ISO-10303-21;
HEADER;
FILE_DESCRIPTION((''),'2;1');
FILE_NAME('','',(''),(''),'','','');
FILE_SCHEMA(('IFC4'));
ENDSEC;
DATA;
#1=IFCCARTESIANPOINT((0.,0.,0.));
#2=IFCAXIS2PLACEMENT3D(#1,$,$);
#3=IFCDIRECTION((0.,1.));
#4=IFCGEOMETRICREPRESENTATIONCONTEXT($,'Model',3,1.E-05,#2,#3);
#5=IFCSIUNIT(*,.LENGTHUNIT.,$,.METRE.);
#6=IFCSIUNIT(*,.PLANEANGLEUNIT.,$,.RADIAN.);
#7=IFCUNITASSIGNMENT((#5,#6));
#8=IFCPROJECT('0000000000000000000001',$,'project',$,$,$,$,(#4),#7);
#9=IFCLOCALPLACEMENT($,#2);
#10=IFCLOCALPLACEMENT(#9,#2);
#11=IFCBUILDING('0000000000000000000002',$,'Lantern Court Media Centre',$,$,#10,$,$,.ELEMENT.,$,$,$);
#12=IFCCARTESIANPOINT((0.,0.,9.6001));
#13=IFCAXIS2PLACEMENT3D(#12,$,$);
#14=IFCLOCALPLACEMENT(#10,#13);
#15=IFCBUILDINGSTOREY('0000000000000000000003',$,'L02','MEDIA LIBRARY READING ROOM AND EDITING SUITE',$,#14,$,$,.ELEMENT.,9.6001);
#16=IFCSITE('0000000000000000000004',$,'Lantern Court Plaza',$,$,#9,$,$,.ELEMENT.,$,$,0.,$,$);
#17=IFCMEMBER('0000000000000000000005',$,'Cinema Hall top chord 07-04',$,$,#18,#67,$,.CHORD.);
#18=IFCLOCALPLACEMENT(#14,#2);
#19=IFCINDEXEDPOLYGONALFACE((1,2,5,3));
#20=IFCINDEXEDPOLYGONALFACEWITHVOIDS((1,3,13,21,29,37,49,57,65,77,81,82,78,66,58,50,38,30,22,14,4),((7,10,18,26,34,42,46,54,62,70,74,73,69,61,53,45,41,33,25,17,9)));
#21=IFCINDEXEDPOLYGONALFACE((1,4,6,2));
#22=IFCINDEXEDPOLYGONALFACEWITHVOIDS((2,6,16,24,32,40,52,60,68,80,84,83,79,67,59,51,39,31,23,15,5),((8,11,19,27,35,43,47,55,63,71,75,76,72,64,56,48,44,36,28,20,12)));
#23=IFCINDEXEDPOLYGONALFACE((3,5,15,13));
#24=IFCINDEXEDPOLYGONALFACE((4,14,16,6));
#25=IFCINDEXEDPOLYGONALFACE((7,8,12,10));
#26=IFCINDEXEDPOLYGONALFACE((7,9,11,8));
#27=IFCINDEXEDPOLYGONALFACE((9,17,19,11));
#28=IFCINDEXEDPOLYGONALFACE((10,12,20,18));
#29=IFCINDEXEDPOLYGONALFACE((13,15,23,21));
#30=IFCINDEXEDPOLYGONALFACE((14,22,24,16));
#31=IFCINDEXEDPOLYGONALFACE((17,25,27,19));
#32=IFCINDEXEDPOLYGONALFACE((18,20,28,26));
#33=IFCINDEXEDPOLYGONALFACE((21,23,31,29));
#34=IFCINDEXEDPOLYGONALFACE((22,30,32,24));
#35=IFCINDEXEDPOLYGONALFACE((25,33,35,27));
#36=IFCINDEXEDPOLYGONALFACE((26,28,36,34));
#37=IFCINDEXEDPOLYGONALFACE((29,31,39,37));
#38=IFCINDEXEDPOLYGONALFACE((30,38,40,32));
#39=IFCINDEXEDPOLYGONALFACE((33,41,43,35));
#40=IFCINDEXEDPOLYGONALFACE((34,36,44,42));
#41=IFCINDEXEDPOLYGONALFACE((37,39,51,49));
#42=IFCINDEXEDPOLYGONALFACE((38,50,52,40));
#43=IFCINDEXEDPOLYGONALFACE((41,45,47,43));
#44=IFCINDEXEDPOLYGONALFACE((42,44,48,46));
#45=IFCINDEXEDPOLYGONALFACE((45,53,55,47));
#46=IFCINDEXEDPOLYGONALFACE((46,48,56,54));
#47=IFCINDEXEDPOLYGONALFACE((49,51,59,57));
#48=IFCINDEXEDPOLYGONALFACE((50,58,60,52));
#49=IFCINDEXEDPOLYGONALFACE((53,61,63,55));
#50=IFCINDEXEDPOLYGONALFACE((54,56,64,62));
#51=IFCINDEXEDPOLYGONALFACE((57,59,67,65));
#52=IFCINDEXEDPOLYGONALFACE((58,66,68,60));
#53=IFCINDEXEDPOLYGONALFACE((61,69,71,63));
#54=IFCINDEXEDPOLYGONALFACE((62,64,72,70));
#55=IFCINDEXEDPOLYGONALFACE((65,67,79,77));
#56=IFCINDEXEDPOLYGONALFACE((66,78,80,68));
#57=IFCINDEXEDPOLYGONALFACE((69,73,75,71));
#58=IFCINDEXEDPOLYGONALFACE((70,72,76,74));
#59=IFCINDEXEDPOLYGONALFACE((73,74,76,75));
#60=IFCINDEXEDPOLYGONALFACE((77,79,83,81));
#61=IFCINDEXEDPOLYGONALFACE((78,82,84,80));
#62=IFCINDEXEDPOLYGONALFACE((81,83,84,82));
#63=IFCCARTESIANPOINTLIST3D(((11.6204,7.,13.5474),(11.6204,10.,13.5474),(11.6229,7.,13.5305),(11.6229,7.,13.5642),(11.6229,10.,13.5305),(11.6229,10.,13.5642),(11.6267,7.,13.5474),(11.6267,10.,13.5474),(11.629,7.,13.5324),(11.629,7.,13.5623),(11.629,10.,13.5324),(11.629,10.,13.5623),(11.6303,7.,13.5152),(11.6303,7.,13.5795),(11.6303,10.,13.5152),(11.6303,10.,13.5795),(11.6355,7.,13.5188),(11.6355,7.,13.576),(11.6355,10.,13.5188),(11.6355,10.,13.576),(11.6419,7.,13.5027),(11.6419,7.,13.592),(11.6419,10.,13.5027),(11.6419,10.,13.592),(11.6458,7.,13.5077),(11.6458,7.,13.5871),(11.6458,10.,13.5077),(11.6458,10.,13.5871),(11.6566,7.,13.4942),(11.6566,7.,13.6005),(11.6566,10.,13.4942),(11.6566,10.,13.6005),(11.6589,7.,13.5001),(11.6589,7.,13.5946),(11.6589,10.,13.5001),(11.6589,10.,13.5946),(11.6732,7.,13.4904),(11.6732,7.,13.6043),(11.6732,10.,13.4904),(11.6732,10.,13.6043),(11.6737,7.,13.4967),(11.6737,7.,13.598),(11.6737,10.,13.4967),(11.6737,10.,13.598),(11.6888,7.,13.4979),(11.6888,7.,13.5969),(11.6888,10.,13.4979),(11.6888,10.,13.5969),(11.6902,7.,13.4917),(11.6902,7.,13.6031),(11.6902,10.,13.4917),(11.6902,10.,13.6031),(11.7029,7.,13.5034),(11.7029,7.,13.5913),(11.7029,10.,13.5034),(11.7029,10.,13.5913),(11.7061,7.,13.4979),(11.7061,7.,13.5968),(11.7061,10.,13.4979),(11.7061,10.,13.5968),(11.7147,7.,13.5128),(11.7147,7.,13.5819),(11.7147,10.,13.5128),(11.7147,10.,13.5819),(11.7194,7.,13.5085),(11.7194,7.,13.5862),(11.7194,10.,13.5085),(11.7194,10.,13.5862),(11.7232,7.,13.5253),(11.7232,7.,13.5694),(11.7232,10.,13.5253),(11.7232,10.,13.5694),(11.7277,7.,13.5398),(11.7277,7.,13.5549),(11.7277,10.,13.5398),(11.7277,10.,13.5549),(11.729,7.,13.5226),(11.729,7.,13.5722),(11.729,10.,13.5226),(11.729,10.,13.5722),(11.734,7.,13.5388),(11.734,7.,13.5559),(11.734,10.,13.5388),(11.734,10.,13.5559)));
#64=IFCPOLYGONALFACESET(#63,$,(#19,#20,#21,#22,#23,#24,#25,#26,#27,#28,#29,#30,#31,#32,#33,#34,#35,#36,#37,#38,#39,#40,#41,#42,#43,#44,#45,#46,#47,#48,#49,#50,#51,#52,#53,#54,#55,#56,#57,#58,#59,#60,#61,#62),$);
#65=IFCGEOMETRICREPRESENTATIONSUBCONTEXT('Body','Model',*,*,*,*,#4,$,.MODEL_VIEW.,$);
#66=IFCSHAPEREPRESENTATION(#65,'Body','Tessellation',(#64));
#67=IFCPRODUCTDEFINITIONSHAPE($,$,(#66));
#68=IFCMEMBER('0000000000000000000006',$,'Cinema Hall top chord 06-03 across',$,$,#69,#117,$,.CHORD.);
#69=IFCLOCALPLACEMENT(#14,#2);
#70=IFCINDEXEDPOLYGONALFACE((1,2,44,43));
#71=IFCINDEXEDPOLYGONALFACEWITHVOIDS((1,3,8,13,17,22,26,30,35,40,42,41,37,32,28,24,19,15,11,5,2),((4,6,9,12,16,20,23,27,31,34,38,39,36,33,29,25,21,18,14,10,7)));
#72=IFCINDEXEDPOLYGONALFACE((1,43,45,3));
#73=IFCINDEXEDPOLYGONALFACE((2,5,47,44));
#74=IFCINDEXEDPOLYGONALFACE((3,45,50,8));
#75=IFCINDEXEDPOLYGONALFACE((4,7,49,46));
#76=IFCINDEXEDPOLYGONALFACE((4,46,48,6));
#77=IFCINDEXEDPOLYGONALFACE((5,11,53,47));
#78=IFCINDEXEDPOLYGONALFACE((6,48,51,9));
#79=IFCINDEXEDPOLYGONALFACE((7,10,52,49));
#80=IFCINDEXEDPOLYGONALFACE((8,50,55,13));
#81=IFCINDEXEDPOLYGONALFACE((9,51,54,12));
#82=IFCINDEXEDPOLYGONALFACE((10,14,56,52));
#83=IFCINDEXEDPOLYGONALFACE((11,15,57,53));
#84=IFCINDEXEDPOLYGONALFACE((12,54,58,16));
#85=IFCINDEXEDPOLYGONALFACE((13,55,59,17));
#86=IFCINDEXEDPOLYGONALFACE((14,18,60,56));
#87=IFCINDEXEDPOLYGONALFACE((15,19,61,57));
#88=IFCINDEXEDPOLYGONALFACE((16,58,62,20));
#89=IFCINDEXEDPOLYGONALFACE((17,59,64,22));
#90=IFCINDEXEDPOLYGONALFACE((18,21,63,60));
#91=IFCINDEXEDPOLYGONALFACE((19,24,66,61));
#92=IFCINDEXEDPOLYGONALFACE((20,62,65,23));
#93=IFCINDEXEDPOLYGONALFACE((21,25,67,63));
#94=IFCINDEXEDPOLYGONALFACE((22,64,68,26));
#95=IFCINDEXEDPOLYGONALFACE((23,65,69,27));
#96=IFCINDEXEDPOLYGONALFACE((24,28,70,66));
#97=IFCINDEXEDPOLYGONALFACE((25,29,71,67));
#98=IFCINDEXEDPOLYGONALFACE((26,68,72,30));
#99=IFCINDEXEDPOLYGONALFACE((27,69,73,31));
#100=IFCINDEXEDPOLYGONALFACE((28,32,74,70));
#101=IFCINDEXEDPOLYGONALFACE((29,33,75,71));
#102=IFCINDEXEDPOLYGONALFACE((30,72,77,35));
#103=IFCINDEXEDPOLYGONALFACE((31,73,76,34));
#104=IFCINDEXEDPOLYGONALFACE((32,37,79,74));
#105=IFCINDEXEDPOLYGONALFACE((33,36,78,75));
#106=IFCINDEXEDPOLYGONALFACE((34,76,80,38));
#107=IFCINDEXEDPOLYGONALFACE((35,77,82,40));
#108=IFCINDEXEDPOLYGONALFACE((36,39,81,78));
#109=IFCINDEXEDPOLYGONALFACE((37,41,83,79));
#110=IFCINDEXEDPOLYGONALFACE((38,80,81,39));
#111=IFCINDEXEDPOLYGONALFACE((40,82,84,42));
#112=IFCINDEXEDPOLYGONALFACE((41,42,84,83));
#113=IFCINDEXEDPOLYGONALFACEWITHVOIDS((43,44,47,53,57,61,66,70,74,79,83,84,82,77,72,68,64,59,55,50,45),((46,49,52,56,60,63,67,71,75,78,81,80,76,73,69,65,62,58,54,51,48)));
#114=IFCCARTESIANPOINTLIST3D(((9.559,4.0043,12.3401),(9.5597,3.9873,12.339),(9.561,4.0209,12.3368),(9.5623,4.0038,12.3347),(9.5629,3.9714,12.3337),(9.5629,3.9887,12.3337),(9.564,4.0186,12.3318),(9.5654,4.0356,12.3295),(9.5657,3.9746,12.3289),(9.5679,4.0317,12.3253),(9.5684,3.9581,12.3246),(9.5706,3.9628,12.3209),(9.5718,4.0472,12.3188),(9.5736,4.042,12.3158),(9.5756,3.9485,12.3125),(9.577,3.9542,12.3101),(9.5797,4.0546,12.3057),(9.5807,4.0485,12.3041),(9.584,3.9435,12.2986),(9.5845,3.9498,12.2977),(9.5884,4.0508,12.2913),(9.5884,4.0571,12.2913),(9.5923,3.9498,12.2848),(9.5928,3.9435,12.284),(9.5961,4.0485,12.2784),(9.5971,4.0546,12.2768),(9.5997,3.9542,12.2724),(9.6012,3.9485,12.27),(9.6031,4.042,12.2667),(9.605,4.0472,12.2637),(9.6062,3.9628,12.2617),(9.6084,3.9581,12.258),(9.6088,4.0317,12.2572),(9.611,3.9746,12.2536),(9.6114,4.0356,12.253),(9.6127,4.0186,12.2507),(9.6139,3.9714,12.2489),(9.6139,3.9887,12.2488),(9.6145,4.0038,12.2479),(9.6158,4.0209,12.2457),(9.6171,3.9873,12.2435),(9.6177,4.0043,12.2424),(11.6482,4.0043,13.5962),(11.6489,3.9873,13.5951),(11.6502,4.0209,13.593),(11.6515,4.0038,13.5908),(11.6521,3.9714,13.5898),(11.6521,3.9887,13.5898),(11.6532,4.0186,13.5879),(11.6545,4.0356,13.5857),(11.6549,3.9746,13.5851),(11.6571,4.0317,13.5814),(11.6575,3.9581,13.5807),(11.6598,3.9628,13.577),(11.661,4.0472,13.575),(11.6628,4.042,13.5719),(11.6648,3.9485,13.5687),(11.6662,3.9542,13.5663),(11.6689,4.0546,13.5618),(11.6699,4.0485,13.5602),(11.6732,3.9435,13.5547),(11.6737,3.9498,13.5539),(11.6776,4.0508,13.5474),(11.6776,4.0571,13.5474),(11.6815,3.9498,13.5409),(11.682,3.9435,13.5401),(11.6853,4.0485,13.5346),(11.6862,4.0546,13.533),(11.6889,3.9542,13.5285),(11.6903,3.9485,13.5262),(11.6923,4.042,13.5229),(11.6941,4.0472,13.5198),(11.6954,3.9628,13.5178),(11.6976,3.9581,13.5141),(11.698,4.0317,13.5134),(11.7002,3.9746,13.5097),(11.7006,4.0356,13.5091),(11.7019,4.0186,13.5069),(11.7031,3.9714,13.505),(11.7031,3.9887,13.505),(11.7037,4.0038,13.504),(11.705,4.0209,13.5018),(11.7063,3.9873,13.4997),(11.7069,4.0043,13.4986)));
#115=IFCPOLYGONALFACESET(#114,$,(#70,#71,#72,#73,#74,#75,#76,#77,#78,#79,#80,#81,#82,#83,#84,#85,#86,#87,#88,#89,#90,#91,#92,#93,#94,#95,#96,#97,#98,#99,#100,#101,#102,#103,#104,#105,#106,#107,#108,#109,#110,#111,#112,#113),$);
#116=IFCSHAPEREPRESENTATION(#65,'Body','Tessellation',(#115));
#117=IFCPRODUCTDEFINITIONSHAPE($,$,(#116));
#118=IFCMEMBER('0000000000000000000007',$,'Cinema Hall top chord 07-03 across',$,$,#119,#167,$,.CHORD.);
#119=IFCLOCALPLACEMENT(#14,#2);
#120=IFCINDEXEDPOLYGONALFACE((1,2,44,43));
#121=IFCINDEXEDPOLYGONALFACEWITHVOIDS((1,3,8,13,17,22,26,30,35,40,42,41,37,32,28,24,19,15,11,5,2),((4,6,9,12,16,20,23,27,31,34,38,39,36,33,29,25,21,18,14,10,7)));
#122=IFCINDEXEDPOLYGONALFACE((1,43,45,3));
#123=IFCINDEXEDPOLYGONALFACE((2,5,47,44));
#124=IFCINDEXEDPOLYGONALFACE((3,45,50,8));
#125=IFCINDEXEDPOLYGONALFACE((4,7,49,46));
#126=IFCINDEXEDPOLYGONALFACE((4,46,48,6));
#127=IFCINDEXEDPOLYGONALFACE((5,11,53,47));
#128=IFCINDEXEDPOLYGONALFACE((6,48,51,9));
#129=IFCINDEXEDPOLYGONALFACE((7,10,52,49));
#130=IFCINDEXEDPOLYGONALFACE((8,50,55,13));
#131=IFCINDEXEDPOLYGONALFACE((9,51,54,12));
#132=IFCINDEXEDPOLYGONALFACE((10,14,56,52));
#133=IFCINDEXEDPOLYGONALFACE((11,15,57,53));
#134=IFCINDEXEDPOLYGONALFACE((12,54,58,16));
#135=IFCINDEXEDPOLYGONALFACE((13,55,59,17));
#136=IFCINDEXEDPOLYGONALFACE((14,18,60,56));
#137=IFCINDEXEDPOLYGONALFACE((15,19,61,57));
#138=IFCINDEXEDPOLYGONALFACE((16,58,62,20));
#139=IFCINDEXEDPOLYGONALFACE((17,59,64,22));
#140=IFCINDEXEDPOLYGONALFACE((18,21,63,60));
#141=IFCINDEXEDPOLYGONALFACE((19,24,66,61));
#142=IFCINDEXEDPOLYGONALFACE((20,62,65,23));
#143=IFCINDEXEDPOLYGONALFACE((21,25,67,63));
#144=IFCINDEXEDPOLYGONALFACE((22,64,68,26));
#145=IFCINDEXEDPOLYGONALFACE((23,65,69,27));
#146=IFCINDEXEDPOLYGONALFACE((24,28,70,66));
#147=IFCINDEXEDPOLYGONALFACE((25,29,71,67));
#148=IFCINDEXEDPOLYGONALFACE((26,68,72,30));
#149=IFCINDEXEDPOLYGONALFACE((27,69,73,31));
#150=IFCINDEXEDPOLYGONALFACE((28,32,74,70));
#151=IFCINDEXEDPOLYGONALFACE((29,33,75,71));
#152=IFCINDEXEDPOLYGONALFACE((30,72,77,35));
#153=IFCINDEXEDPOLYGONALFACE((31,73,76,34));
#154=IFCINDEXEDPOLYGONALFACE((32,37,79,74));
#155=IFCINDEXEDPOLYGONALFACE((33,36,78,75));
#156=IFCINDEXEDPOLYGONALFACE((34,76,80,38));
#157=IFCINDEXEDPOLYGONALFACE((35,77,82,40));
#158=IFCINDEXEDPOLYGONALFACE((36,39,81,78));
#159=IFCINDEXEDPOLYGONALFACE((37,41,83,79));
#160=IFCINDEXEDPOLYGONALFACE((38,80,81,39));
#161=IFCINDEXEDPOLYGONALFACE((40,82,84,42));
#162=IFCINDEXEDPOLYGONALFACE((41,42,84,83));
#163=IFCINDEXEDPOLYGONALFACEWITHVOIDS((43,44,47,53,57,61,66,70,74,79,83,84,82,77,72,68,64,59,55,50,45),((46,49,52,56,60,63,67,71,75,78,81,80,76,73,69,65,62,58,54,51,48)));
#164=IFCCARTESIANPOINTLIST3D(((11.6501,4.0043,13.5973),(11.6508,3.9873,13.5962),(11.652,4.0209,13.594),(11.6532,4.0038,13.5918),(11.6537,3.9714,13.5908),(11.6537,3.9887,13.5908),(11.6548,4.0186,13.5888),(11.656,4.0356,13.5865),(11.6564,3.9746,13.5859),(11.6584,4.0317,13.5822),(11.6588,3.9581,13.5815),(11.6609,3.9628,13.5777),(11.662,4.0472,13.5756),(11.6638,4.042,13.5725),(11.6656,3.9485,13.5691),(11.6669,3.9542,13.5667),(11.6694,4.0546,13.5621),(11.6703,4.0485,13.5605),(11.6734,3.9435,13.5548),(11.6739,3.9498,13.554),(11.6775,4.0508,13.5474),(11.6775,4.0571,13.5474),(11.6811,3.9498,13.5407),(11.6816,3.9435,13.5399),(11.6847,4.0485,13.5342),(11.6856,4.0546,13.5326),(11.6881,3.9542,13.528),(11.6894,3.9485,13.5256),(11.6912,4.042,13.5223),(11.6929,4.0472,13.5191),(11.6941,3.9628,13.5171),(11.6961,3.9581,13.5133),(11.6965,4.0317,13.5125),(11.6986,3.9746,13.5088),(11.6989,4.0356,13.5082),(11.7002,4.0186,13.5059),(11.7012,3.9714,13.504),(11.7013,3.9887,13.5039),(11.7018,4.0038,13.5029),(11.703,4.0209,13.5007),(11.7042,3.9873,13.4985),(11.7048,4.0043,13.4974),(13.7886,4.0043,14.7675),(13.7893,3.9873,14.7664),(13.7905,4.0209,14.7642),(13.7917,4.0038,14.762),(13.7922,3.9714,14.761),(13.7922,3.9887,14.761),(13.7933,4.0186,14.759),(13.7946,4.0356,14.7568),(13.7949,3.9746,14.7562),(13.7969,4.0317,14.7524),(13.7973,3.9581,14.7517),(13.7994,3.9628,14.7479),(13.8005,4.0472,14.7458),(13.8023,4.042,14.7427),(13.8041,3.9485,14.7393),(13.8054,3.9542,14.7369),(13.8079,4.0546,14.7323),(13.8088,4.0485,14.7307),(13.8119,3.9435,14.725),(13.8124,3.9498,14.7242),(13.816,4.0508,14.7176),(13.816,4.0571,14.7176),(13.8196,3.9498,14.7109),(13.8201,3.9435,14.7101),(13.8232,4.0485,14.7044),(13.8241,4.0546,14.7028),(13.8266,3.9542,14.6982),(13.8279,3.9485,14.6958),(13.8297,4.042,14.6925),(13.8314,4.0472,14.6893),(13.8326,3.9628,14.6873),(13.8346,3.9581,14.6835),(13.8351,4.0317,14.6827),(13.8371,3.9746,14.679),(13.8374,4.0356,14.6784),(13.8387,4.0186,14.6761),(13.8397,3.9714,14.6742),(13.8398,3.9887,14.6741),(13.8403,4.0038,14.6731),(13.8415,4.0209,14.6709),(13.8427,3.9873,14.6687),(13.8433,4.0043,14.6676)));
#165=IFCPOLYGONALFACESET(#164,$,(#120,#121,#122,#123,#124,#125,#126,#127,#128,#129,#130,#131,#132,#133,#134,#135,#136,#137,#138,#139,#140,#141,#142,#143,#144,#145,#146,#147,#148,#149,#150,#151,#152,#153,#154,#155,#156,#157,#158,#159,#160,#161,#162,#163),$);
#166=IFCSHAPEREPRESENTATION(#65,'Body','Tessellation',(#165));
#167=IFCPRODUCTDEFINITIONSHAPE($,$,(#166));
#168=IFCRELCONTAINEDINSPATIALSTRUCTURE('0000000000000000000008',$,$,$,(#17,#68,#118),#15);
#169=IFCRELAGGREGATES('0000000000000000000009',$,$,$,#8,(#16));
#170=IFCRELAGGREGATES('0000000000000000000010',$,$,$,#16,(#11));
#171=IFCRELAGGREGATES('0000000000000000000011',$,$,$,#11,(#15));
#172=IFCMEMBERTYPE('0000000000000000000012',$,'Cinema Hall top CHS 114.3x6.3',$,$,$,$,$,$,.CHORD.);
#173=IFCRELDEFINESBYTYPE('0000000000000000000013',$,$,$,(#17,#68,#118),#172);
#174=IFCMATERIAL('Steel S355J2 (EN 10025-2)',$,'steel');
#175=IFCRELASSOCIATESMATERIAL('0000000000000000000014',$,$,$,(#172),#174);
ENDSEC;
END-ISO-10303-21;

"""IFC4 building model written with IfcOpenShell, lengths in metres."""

from ifc_helpers import new_model, si_unit, direction, frame, origin, origin_2d, place, context, subcontext, project, spatial, hollow_circle, extrude, material, material_profile, profile_set, type_object, element, save


model = new_model("IFC4")

# Units and contexts
model_context = context("Model", 3, precision=1e-05, world=origin(), true_north=direction((0.0, 1.0)))
body_context = subcontext(model_context, "Body", "Model", "MODEL_VIEW")
ifc_project = project(units=[si_unit("LENGTHUNIT", "METRE"), si_unit("PLANEANGLEUNIT", "RADIAN")], contexts=[model_context])

# Site, building, storey
site_placement = place(None, origin())
site = spatial("IfcSite", under=ifc_project, at=site_placement, Name="Lantern Court Plaza", CompositionType="ELEMENT", RefElevation=0.0)
building_placement = place(site_placement, origin())
building = spatial("IfcBuilding", under=site, at=building_placement, Name="Lantern Court Media Centre", CompositionType="ELEMENT")
storey_placement = place(building_placement, frame((0.0, 0.0, 9.6001)))
storey = spatial("IfcBuildingStorey", under=building, at=storey_placement, Name="L02", Description="MEDIA LIBRARY READING ROOM AND EDITING SUITE", CompositionType="ELEMENT", Elevation=9.6001)

# Members
ifc_material = material(Name="Steel S355J2 (EN 10025-2)", Category="steel")
ifc_material_profile_1 = material_profile(ifc_material, hollow_circle(Radius=0.0571, WallThickness=0.0063, at=origin_2d()), Name="Cinema Hall top CHS 114.3x6.3")
ifc_profile_set_1 = profile_set([ifc_material_profile_1], Name="Steel S355J2 (EN 10025-2)")
member_type_1 = type_object("IfcMemberType", Name="Cinema Hall top CHS 114.3x6.3", PredefinedType="CHORD", material=ifc_profile_set_1)
for number, where, z_axis, x_axis, name in (
    (1, (11.6775, 7.0, 13.5474), (0.0, 1.0, 0.0), (-1.0, 0.0, 0.0), "Cinema Hall top chord 07-04"),
):
    element("IfcMember", number, at=place(storey_placement, frame(where, z_axis=z_axis, x_axis=x_axis)), inside=storey, type_object=member_type_1, Name=name, PredefinedType="CHORD", context=body_context, shape_type="SweptSolid", body=[
        extrude(hollow_circle(Radius=0.0571, WallThickness=0.0063, at=origin_2d()), origin(), (0.0, 0.0, 1.0), 3.0),
    ])
for number, where, z_axis, x_axis, name in (
    (2, (9.5884, 4.0, 12.2913), (0.857015, 0.0, 0.515291), (0.0, 1.0, 0.0), "Cinema Hall top chord 06-03 across"),
    (3, (11.6775, 4.0, 13.5474), (0.877248, 0.0, 0.480038), (0.0, 1.0, 0.0), "Cinema Hall top chord 07-03 across"),
):
    element("IfcMember", number, at=place(storey_placement, frame(where, z_axis=z_axis, x_axis=x_axis)), inside=storey, type_object=member_type_1, Name=name, PredefinedType="CHORD", context=body_context, shape_type="SweptSolid", body=[
        extrude(hollow_circle(Radius=0.0571, WallThickness=0.0063, at=origin_2d()), origin(), (0.0, 0.0, 1.0), 2.4377),
    ])

save(model, "model.ifc")
